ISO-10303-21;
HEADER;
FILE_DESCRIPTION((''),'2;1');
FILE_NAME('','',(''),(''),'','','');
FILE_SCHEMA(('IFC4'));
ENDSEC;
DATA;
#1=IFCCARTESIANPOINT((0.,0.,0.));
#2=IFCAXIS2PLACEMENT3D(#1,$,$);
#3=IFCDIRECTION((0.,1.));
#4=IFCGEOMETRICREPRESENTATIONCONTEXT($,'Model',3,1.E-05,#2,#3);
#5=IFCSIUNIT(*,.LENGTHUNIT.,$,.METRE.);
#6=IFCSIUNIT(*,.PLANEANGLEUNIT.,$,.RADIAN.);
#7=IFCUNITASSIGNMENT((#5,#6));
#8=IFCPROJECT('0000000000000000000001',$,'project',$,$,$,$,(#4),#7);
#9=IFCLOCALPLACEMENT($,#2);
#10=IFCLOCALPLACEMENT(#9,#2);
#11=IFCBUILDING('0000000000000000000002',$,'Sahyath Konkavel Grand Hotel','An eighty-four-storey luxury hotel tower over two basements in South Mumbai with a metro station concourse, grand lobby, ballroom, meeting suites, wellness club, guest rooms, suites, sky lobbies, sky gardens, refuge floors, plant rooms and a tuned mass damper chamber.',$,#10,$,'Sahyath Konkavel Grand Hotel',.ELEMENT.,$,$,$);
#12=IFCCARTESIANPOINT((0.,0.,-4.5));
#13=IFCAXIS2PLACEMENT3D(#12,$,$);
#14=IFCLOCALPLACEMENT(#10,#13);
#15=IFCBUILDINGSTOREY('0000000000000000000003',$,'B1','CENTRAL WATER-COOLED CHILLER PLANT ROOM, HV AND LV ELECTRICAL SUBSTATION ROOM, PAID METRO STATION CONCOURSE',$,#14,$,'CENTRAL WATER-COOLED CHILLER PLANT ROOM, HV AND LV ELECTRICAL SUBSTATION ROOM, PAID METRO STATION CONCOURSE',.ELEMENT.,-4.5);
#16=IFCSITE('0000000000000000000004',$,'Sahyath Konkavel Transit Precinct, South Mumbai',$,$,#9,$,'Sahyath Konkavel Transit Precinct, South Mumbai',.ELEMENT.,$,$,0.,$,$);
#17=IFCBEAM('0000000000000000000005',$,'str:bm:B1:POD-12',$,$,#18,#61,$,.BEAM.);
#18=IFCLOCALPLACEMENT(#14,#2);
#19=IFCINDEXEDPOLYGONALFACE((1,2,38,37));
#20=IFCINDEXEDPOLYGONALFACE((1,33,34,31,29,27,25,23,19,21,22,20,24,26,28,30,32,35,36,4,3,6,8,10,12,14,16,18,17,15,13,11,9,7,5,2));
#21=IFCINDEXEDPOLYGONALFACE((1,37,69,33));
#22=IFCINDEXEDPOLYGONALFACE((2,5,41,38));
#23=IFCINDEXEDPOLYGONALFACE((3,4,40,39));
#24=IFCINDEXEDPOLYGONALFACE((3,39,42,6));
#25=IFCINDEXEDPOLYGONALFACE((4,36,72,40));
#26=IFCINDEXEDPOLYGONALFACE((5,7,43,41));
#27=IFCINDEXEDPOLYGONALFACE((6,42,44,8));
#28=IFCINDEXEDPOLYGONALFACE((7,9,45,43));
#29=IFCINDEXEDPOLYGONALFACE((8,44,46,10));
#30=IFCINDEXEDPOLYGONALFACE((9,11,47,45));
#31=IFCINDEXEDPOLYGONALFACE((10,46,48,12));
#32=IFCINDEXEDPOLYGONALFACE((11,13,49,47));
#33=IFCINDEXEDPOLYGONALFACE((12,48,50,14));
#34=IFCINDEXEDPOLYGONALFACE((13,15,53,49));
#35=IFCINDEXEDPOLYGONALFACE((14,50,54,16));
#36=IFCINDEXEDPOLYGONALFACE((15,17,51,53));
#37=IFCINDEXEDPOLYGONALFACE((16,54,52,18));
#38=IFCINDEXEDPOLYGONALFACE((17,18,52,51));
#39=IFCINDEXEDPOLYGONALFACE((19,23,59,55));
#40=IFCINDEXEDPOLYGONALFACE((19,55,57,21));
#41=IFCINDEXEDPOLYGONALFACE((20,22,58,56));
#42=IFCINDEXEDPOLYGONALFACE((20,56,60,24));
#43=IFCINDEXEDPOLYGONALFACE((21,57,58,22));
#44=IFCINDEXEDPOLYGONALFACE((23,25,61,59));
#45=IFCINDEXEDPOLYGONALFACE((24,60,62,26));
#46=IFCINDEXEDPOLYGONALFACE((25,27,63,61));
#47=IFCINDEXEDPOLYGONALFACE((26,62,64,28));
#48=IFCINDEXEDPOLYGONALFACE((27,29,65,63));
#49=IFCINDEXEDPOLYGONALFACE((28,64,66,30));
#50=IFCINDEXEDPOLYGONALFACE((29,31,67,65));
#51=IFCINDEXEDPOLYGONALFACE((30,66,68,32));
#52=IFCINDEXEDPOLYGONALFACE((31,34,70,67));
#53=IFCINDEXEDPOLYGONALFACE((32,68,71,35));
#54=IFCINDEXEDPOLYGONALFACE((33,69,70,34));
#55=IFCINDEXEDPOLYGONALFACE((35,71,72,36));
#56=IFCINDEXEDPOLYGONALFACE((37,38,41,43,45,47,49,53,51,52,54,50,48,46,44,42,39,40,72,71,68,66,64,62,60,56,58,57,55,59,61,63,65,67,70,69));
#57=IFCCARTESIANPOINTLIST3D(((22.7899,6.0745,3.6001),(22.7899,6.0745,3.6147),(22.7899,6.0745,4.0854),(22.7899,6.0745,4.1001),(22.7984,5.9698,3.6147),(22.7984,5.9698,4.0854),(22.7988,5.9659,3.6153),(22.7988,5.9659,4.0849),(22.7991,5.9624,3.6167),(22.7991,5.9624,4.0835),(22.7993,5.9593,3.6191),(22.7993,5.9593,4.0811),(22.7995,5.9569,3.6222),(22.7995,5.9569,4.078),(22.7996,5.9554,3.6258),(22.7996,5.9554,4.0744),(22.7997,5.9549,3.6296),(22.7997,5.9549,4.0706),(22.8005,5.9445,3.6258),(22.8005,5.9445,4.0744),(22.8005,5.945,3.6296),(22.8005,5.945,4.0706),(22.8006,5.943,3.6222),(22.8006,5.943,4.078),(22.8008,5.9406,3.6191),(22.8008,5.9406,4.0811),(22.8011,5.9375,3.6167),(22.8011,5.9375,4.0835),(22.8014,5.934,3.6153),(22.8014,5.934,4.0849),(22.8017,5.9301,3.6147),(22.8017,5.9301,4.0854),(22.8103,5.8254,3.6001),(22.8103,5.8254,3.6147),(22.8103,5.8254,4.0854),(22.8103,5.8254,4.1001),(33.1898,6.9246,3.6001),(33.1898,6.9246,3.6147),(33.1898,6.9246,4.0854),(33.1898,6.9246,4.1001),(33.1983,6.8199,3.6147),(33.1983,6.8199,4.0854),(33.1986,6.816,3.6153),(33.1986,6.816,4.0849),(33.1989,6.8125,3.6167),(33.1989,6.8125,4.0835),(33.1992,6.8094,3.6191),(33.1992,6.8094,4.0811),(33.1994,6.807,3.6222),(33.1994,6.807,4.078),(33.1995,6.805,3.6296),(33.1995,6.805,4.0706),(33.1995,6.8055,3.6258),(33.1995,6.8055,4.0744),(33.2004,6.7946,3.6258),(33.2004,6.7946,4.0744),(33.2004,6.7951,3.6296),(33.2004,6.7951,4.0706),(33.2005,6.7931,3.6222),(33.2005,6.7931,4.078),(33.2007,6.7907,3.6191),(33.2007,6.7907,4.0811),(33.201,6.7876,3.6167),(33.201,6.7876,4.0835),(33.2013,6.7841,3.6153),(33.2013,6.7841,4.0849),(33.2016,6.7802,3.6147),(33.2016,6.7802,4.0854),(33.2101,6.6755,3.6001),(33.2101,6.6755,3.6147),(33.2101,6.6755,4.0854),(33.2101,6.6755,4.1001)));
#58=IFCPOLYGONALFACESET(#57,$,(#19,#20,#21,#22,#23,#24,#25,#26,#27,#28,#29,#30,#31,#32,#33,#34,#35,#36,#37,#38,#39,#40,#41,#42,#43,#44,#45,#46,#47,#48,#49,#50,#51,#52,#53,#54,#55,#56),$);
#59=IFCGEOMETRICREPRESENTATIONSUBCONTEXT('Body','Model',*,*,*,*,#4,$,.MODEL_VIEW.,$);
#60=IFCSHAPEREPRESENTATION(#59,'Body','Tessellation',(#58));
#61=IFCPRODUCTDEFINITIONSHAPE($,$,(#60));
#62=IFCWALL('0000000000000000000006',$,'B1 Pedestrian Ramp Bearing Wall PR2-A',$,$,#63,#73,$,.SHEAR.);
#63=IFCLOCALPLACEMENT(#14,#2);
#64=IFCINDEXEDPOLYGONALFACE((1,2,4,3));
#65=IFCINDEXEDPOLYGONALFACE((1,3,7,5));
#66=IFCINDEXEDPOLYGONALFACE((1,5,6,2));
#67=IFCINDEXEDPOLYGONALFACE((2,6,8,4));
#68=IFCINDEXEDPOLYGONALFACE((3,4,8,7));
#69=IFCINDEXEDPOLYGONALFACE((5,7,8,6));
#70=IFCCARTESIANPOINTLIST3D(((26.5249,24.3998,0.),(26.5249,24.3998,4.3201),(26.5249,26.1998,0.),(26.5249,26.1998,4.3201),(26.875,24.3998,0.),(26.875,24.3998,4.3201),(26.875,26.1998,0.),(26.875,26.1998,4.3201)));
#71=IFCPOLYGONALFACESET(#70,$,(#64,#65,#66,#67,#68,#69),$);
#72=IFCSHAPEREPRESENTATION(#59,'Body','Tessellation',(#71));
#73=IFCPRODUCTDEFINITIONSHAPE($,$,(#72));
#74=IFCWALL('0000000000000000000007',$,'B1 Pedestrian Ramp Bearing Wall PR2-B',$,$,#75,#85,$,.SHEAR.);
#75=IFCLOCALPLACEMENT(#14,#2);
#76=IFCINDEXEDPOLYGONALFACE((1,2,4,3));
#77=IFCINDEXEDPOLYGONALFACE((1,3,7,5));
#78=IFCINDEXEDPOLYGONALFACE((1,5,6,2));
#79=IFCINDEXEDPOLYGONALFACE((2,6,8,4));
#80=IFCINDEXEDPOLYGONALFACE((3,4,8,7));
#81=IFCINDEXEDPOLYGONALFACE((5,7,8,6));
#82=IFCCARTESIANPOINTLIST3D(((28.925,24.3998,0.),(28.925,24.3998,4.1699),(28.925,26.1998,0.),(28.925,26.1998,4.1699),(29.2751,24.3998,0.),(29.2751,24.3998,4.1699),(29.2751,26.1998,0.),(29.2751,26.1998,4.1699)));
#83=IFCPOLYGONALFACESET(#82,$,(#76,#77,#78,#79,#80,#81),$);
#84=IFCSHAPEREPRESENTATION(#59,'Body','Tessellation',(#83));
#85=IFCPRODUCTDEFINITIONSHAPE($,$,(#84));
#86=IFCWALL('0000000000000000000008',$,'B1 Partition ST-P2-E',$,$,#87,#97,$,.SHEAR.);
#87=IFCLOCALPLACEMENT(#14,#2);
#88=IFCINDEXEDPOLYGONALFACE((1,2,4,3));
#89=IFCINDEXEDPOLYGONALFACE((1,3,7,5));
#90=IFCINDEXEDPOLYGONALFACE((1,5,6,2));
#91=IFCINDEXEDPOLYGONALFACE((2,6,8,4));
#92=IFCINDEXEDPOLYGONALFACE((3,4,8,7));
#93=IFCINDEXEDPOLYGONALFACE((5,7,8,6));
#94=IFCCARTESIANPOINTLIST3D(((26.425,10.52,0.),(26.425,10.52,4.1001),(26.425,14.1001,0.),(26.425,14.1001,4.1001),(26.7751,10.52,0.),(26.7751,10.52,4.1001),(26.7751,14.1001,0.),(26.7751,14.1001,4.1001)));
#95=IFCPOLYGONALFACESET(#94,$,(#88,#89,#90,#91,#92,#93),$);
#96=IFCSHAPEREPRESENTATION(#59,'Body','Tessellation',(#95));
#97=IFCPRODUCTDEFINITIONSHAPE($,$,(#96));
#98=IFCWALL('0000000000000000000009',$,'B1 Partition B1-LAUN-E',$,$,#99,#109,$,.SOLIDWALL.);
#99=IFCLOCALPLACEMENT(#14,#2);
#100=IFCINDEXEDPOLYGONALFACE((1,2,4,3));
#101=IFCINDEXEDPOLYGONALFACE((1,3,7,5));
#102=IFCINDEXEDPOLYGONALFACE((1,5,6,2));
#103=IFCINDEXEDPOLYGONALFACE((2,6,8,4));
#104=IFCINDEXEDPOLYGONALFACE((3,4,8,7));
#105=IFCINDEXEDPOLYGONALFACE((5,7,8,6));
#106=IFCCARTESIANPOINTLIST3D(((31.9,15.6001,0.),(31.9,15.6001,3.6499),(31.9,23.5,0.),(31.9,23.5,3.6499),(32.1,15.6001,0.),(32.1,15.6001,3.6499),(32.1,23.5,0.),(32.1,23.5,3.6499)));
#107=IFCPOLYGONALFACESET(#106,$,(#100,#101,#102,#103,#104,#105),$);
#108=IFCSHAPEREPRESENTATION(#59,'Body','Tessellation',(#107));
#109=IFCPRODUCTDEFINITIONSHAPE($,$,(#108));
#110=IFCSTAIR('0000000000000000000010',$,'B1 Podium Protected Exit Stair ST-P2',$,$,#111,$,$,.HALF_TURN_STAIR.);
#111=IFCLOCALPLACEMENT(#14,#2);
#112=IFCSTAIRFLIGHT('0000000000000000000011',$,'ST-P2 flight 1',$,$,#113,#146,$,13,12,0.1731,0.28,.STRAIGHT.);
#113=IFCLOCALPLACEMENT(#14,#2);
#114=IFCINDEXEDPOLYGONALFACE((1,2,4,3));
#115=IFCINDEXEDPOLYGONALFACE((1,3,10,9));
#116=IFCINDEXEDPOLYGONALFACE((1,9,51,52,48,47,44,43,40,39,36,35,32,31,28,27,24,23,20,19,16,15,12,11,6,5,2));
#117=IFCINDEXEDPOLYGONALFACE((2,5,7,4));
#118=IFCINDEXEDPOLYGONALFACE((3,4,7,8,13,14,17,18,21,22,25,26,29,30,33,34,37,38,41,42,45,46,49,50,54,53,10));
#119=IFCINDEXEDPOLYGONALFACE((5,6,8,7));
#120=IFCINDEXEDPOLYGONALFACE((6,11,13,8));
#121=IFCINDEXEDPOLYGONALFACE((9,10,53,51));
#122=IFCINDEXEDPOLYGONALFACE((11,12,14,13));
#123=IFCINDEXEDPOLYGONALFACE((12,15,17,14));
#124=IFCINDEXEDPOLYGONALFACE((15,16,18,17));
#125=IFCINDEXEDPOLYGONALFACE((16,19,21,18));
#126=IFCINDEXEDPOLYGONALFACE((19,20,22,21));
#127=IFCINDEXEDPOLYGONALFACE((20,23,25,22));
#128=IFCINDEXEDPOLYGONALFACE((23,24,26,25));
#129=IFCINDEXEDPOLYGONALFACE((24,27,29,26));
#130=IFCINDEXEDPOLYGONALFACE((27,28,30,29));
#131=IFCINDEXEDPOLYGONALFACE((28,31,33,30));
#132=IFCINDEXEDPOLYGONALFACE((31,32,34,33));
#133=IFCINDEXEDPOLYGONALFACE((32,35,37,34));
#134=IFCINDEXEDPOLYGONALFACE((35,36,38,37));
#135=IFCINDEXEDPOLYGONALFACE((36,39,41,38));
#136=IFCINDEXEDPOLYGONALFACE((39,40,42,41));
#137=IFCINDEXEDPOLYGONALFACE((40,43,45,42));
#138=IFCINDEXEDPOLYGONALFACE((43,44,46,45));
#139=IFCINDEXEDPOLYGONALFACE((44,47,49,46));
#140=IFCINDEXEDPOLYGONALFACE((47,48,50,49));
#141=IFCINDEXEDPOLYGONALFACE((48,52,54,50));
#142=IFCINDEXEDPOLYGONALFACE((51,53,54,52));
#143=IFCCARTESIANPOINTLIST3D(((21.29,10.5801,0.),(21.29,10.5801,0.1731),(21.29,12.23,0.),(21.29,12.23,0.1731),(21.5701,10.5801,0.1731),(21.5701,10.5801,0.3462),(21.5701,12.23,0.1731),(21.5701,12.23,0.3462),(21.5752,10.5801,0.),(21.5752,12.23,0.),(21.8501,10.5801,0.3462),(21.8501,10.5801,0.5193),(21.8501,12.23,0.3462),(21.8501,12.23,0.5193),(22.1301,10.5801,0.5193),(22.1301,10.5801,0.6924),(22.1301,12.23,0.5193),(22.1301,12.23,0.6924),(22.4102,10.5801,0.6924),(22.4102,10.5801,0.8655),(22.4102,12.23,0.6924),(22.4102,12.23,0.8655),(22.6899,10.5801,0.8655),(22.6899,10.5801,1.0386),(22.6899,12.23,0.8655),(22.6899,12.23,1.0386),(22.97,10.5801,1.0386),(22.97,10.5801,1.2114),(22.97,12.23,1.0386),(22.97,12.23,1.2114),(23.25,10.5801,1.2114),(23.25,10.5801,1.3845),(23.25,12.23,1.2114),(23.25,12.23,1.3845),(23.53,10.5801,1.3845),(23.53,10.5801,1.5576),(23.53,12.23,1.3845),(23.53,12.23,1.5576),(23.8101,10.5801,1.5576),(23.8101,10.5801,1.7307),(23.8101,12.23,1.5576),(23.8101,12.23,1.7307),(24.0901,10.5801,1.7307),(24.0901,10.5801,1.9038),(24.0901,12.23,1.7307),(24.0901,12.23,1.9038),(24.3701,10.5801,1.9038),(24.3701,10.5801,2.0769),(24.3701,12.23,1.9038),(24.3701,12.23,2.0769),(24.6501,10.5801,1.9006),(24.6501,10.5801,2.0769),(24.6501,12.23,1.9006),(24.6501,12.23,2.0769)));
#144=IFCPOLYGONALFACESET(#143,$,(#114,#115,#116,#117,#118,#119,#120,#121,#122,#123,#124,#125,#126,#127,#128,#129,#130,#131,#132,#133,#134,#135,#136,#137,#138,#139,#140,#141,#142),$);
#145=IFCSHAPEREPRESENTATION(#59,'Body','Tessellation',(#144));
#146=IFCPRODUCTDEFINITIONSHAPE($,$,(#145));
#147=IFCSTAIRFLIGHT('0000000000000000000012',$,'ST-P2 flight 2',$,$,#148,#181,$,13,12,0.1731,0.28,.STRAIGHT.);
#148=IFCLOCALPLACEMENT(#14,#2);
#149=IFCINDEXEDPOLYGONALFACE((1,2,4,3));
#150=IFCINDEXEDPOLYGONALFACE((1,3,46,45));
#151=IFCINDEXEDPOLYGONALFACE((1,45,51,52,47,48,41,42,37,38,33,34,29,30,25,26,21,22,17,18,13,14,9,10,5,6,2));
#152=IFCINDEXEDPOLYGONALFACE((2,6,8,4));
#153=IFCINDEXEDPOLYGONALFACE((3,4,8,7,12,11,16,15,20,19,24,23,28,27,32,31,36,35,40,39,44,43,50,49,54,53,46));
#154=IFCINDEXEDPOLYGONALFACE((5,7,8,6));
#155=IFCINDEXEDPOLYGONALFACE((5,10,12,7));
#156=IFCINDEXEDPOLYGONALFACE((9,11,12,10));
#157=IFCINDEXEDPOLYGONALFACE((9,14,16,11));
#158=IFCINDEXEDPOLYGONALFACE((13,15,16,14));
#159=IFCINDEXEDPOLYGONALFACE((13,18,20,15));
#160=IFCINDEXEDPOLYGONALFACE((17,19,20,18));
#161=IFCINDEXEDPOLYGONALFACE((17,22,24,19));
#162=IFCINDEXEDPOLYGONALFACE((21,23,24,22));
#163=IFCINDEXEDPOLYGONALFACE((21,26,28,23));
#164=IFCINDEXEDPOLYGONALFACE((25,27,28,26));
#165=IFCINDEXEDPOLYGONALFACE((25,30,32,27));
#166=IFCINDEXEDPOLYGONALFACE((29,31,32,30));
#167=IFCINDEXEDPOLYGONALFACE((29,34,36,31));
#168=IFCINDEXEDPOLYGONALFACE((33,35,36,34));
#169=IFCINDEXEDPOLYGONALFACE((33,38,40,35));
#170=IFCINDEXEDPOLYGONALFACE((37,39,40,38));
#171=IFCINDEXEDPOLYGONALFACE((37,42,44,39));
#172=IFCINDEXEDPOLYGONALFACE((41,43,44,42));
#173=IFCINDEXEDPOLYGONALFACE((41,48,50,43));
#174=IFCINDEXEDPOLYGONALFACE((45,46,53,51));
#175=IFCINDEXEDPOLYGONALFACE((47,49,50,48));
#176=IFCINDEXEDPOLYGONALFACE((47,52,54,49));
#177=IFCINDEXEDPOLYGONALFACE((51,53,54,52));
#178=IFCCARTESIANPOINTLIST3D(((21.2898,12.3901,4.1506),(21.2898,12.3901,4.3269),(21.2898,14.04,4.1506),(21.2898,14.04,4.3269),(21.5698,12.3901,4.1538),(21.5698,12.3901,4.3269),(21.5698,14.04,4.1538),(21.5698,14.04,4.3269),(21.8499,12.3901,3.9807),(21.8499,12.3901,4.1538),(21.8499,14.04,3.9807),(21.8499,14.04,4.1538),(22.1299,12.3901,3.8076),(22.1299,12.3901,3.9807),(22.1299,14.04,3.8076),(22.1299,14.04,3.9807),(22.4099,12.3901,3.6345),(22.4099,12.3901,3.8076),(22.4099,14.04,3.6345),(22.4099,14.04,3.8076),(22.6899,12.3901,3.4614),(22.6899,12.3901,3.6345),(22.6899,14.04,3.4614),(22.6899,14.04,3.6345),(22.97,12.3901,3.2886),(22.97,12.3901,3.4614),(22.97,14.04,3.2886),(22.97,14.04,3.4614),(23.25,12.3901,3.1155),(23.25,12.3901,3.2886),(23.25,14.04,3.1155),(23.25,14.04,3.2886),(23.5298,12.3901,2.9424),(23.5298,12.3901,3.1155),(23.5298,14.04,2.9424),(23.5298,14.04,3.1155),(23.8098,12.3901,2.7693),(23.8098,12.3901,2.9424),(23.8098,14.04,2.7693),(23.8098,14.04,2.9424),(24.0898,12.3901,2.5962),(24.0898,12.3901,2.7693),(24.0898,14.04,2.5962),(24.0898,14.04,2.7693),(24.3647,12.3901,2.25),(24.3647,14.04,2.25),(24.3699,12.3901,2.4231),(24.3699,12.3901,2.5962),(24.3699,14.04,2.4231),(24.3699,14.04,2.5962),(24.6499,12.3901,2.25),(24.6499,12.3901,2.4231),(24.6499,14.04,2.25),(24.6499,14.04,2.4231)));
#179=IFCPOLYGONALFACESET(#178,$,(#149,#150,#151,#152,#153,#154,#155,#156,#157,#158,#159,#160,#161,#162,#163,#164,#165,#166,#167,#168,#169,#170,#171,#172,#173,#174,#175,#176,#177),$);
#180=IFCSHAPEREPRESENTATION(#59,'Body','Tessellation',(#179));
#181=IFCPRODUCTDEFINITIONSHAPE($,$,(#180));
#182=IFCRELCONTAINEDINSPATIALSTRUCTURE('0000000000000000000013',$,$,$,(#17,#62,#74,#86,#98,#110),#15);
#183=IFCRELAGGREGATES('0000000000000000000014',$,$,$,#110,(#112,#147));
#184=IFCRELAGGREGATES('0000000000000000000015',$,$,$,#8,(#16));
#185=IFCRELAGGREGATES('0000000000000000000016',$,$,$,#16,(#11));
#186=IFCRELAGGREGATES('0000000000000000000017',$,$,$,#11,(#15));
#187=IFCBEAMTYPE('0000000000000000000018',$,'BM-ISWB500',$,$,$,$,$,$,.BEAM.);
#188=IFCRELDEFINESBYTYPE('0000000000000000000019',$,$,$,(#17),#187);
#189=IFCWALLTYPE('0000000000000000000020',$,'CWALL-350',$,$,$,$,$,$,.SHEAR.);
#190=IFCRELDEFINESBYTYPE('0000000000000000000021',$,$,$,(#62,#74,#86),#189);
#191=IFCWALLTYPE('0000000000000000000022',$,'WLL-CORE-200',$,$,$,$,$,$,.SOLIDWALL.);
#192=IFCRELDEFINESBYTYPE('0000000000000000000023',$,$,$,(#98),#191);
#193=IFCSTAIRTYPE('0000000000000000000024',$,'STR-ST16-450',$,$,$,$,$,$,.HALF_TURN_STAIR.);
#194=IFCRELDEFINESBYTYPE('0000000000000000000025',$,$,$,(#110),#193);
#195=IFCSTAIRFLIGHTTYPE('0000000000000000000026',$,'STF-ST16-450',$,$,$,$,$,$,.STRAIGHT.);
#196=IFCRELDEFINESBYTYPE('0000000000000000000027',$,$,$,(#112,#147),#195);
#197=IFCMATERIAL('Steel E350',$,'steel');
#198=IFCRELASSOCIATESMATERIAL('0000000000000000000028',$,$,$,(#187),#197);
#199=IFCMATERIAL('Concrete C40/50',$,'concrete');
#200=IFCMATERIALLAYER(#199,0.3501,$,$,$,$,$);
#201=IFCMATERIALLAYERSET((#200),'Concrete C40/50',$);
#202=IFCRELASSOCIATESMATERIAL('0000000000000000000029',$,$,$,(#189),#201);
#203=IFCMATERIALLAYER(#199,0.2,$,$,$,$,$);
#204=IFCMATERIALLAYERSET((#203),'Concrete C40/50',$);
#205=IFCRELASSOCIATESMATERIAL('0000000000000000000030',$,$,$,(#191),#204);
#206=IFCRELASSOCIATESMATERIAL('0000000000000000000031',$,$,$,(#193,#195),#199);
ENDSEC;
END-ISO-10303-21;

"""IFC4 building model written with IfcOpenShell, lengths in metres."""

from ifc_helpers import new_model, si_unit, direction, frame, frame_2d, origin, origin_2d, place, context, subcontext, project, spatial, polyline, rectangle, i_section, outline, extrude, source, transform, mapped, material, layer, layer_set, material_profile, profile_set, type_object, element, aggregate, save


model = new_model("IFC4")

# Units and contexts
model_context = context("Model", 3, precision=1e-05, world=origin(), true_north=direction((0.0, 1.0)))
body_context = subcontext(model_context, "Body", "Model", "MODEL_VIEW")
ifc_project = project(units=[si_unit("LENGTHUNIT", "METRE"), si_unit("PLANEANGLEUNIT", "RADIAN")], contexts=[model_context])

# Site, building, storey
site_placement = place(None, origin())
site = spatial("IfcSite", under=ifc_project, at=site_placement, Name="Sahyath Konkavel Transit Precinct, South Mumbai", LongName="Sahyath Konkavel Transit Precinct, South Mumbai", CompositionType="ELEMENT", RefElevation=0.0)
building_placement = place(site_placement, origin())
building = spatial("IfcBuilding", under=site, at=building_placement, Name="Sahyath Konkavel Grand Hotel", Description="An eighty-four-storey luxury hotel tower over two basements in South Mumbai with a metro station concourse, grand lobby, ballroom, meeting suites, wellness club, guest rooms, suites, sky lobbies, sky gardens, refuge floors, plant rooms and a tuned mass damper chamber.", LongName="Sahyath Konkavel Grand Hotel", CompositionType="ELEMENT")
storey_placement = place(building_placement, frame((0.0, 0.0, -4.5)))
storey = spatial("IfcBuildingStorey", under=building, at=storey_placement, Name="B1", Description="CENTRAL WATER-COOLED CHILLER PLANT ROOM, HV AND LV ELECTRICAL SUBSTATION ROOM, PAID METRO STATION CONCOURSE", LongName="CENTRAL WATER-COOLED CHILLER PLANT ROOM, HV AND LV ELECTRICAL SUBSTATION ROOM, PAID METRO STATION CONCOURSE", CompositionType="ELEMENT", Elevation=-4.5)

# Beam
ifc_material_1 = material(Name="Steel E350", Category="steel")
ifc_material_profile_1 = material_profile(ifc_material_1, i_section(OverallWidth=0.25, OverallDepth=0.5, WebThickness=0.01, FlangeThickness=0.0146, FilletRadius=0.0149, at=origin_2d()), Name="ISWB 500")
ifc_profile_set_1 = profile_set([ifc_material_profile_1], Name="Steel E350")
beam_type_1 = type_object("IfcBeamType", Name="BM-ISWB500", PredefinedType="BEAM", material=ifc_profile_set_1)
shared_shape_1 = source(origin(), body_context, "Body", "SweptSolid", [
    extrude(i_section(OverallWidth=0.25, OverallDepth=0.5, WebThickness=0.01, FlangeThickness=0.0146, FilletRadius=0.0149, at=origin_2d()), origin(), (0.0, 0.0, 1.0), 10.4346),
])
beam_1_placement = place(storey_placement, frame((33.2, 6.8, 3.8501), z_axis=(-0.996676, -0.081469, 0.0), x_axis=(0.081469, -0.996676, 0.0)))
element("IfcBeam", 1, at=beam_1_placement, inside=storey, type_object=beam_type_1, Name="str:bm:B1:POD-12", PredefinedType="BEAM", context=body_context, shape_type="MappedRepresentation", body=[
    mapped(shared_shape_1, transform((0.0, 0.0, 0.0), scale=1.0)),
])

# Walls
ifc_material_2 = material(Name="Concrete C40/50", Category="concrete")
ifc_layer_1 = layer(ifc_material_2, 0.3501)
ifc_layer_set_1 = layer_set([ifc_layer_1], Name="Concrete C40/50")
wall_type_1 = type_object("IfcWallType", Name="CWALL-350", PredefinedType="SHEAR", material=ifc_layer_set_1)
wall_1_placement = place(storey_placement, frame((26.7, 24.3999, 0.0), z_axis=(0.0, 0.0, 1.0), x_axis=(0.0, 1.0, 0.0)))
element("IfcWall", 2, at=wall_1_placement, inside=storey, type_object=wall_type_1, Name="B1 Pedestrian Ramp Bearing Wall PR2-A", PredefinedType="SHEAR", context=body_context, shape_type="SweptSolid", body=[
    extrude(rectangle(XDim=1.8, YDim=0.3501, at=frame_2d((0.8999, 0.0))), origin(), (0.0, 0.0, 1.0), 4.3201),
])
wall_2_placement = place(storey_placement, frame((29.1001, 24.3999, 0.0), z_axis=(0.0, 0.0, 1.0), x_axis=(0.0, 1.0, 0.0)))
element("IfcWall", 3, at=wall_2_placement, inside=storey, type_object=wall_type_1, Name="B1 Pedestrian Ramp Bearing Wall PR2-B", PredefinedType="SHEAR", context=body_context, shape_type="SweptSolid", body=[
    extrude(rectangle(XDim=1.8, YDim=0.3501, at=frame_2d((0.8999, 0.0))), origin(), (0.0, 0.0, 1.0), 4.1699),
])
wall_3_placement = place(storey_placement, frame((26.6001, 10.52, 0.0), z_axis=(0.0, 0.0, 1.0), x_axis=(0.0, 1.0, 0.0)))
element("IfcWall", 4, at=wall_3_placement, inside=storey, type_object=wall_type_1, Name="B1 Partition ST-P2-E", PredefinedType="SHEAR", context=body_context, shape_type="SweptSolid", body=[
    extrude(rectangle(XDim=3.5801, YDim=0.3501, at=frame_2d((1.79, 0.0))), origin(), (0.0, 0.0, 1.0), 4.1001),
])
ifc_layer_2 = layer(ifc_material_2, 0.2)
ifc_layer_set_2 = layer_set([ifc_layer_2], Name="Concrete C40/50")
wall_type_2 = type_object("IfcWallType", Name="WLL-CORE-200", PredefinedType="SOLIDWALL", material=ifc_layer_set_2)
wall_4_placement = place(storey_placement, frame((32.0, 15.6001, 0.0), z_axis=(0.0, 0.0, 1.0), x_axis=(0.0, 1.0, 0.0)))
element("IfcWall", 5, at=wall_4_placement, inside=storey, type_object=wall_type_2, Name="B1 Partition B1-LAUN-E", PredefinedType="SOLIDWALL", context=body_context, shape_type="SweptSolid", body=[
    extrude(rectangle(XDim=7.8999, YDim=0.2, at=frame_2d((3.95, 0.0))), origin(), (0.0, 0.0, 1.0), 3.6499),
])

# Stair, stair flights
stair_type = type_object("IfcStairType", Name="STR-ST16-450", PredefinedType="HALF_TURN_STAIR", material=ifc_material_2)
stair_placement = place(storey_placement, origin())
stair = element("IfcStair", 6, at=stair_placement, inside=storey, type_object=stair_type, Name="B1 Podium Protected Exit Stair ST-P2", PredefinedType="HALF_TURN_STAIR")
stair_flight_type = type_object("IfcStairFlightType", Name="STF-ST16-450", PredefinedType="STRAIGHT", material=ifc_material_2)
stair_flight_1_placement = place(storey_placement, frame((21.29, 11.405, 0.0), z_axis=(0.0, 0.0, 1.0), x_axis=(1.0, 0.0, 0.0)))
stair_flight_1 = element("IfcStairFlight", 7, at=stair_flight_1_placement, type_object=stair_flight_type, Name="ST-P2 flight 1", NumberOfRisers=13, NumberOfTreads=12, PredefinedType="STRAIGHT", RiserHeight=0.1731, TreadLength=0.28, context=body_context, shape_type="SweptSolid", body=[
    extrude(outline(polyline([(0.0, 0.0), (0.0, 0.1731), (0.28, 0.1731), (0.28, 0.3462), (0.5601, 0.3462), (0.5601, 0.5193), (0.8401, 0.5193), (0.8401, 0.6924), (1.1201, 0.6924), (1.1201, 0.8655), (1.3999, 0.8655), (1.3999, 1.0386), (1.6799, 1.0386), (1.6799, 1.2114), (1.96, 1.2114), (1.96, 1.3845), (2.24, 1.3845), (2.24, 1.5576), (2.52, 1.5576), (2.52, 1.7307), (2.8, 1.7307), (2.8, 1.9038), (3.0801, 1.9038), (3.0801, 2.0769), (3.3601, 2.0769), (3.3601, 2.25), (3.3601, 1.9006), (0.2852, 0.0), (0.0, 0.0)])), frame((0.0, 0.825, 0.0), z_axis=(0.0, -1.0, 0.0), x_axis=(1.0, 0.0, 0.0)), (0.0, 0.0, 1.0), 1.6499),
])
stair_flight_2_placement = place(storey_placement, frame((24.6499, 13.2151, 2.25), z_axis=(0.0, 0.0, 1.0), x_axis=(-1.0, 0.0, 0.0)))
stair_flight_2 = element("IfcStairFlight", 8, at=stair_flight_2_placement, type_object=stair_flight_type, Name="ST-P2 flight 2", NumberOfRisers=13, NumberOfTreads=12, PredefinedType="STRAIGHT", RiserHeight=0.1731, TreadLength=0.28, context=body_context, shape_type="SweptSolid", body=[
    extrude(outline(polyline([(0.0, 0.0), (0.0, 0.1731), (0.28, 0.1731), (0.28, 0.3462), (0.5601, 0.3462), (0.5601, 0.5193), (0.8401, 0.5193), (0.8401, 0.6924), (1.1201, 0.6924), (1.1201, 0.8655), (1.3999, 0.8655), (1.3999, 1.0386), (1.6799, 1.0386), (1.6799, 1.2114), (1.96, 1.2114), (1.96, 1.3845), (2.24, 1.3845), (2.24, 1.5576), (2.52, 1.5576), (2.52, 1.7307), (2.8, 1.7307), (2.8, 1.9038), (3.0801, 1.9038), (3.0801, 2.0769), (3.3601, 2.0769), (3.3601, 2.25), (3.3601, 1.9006), (0.2852, 0.0), (0.0, 0.0)])), frame((0.0, 0.825, 0.0), z_axis=(0.0, -1.0, 0.0), x_axis=(1.0, 0.0, 0.0)), (0.0, 0.0, 1.0), 1.6499),
])
aggregate(stair, [stair_flight_1, stair_flight_2])

save(model, "model.ifc")
